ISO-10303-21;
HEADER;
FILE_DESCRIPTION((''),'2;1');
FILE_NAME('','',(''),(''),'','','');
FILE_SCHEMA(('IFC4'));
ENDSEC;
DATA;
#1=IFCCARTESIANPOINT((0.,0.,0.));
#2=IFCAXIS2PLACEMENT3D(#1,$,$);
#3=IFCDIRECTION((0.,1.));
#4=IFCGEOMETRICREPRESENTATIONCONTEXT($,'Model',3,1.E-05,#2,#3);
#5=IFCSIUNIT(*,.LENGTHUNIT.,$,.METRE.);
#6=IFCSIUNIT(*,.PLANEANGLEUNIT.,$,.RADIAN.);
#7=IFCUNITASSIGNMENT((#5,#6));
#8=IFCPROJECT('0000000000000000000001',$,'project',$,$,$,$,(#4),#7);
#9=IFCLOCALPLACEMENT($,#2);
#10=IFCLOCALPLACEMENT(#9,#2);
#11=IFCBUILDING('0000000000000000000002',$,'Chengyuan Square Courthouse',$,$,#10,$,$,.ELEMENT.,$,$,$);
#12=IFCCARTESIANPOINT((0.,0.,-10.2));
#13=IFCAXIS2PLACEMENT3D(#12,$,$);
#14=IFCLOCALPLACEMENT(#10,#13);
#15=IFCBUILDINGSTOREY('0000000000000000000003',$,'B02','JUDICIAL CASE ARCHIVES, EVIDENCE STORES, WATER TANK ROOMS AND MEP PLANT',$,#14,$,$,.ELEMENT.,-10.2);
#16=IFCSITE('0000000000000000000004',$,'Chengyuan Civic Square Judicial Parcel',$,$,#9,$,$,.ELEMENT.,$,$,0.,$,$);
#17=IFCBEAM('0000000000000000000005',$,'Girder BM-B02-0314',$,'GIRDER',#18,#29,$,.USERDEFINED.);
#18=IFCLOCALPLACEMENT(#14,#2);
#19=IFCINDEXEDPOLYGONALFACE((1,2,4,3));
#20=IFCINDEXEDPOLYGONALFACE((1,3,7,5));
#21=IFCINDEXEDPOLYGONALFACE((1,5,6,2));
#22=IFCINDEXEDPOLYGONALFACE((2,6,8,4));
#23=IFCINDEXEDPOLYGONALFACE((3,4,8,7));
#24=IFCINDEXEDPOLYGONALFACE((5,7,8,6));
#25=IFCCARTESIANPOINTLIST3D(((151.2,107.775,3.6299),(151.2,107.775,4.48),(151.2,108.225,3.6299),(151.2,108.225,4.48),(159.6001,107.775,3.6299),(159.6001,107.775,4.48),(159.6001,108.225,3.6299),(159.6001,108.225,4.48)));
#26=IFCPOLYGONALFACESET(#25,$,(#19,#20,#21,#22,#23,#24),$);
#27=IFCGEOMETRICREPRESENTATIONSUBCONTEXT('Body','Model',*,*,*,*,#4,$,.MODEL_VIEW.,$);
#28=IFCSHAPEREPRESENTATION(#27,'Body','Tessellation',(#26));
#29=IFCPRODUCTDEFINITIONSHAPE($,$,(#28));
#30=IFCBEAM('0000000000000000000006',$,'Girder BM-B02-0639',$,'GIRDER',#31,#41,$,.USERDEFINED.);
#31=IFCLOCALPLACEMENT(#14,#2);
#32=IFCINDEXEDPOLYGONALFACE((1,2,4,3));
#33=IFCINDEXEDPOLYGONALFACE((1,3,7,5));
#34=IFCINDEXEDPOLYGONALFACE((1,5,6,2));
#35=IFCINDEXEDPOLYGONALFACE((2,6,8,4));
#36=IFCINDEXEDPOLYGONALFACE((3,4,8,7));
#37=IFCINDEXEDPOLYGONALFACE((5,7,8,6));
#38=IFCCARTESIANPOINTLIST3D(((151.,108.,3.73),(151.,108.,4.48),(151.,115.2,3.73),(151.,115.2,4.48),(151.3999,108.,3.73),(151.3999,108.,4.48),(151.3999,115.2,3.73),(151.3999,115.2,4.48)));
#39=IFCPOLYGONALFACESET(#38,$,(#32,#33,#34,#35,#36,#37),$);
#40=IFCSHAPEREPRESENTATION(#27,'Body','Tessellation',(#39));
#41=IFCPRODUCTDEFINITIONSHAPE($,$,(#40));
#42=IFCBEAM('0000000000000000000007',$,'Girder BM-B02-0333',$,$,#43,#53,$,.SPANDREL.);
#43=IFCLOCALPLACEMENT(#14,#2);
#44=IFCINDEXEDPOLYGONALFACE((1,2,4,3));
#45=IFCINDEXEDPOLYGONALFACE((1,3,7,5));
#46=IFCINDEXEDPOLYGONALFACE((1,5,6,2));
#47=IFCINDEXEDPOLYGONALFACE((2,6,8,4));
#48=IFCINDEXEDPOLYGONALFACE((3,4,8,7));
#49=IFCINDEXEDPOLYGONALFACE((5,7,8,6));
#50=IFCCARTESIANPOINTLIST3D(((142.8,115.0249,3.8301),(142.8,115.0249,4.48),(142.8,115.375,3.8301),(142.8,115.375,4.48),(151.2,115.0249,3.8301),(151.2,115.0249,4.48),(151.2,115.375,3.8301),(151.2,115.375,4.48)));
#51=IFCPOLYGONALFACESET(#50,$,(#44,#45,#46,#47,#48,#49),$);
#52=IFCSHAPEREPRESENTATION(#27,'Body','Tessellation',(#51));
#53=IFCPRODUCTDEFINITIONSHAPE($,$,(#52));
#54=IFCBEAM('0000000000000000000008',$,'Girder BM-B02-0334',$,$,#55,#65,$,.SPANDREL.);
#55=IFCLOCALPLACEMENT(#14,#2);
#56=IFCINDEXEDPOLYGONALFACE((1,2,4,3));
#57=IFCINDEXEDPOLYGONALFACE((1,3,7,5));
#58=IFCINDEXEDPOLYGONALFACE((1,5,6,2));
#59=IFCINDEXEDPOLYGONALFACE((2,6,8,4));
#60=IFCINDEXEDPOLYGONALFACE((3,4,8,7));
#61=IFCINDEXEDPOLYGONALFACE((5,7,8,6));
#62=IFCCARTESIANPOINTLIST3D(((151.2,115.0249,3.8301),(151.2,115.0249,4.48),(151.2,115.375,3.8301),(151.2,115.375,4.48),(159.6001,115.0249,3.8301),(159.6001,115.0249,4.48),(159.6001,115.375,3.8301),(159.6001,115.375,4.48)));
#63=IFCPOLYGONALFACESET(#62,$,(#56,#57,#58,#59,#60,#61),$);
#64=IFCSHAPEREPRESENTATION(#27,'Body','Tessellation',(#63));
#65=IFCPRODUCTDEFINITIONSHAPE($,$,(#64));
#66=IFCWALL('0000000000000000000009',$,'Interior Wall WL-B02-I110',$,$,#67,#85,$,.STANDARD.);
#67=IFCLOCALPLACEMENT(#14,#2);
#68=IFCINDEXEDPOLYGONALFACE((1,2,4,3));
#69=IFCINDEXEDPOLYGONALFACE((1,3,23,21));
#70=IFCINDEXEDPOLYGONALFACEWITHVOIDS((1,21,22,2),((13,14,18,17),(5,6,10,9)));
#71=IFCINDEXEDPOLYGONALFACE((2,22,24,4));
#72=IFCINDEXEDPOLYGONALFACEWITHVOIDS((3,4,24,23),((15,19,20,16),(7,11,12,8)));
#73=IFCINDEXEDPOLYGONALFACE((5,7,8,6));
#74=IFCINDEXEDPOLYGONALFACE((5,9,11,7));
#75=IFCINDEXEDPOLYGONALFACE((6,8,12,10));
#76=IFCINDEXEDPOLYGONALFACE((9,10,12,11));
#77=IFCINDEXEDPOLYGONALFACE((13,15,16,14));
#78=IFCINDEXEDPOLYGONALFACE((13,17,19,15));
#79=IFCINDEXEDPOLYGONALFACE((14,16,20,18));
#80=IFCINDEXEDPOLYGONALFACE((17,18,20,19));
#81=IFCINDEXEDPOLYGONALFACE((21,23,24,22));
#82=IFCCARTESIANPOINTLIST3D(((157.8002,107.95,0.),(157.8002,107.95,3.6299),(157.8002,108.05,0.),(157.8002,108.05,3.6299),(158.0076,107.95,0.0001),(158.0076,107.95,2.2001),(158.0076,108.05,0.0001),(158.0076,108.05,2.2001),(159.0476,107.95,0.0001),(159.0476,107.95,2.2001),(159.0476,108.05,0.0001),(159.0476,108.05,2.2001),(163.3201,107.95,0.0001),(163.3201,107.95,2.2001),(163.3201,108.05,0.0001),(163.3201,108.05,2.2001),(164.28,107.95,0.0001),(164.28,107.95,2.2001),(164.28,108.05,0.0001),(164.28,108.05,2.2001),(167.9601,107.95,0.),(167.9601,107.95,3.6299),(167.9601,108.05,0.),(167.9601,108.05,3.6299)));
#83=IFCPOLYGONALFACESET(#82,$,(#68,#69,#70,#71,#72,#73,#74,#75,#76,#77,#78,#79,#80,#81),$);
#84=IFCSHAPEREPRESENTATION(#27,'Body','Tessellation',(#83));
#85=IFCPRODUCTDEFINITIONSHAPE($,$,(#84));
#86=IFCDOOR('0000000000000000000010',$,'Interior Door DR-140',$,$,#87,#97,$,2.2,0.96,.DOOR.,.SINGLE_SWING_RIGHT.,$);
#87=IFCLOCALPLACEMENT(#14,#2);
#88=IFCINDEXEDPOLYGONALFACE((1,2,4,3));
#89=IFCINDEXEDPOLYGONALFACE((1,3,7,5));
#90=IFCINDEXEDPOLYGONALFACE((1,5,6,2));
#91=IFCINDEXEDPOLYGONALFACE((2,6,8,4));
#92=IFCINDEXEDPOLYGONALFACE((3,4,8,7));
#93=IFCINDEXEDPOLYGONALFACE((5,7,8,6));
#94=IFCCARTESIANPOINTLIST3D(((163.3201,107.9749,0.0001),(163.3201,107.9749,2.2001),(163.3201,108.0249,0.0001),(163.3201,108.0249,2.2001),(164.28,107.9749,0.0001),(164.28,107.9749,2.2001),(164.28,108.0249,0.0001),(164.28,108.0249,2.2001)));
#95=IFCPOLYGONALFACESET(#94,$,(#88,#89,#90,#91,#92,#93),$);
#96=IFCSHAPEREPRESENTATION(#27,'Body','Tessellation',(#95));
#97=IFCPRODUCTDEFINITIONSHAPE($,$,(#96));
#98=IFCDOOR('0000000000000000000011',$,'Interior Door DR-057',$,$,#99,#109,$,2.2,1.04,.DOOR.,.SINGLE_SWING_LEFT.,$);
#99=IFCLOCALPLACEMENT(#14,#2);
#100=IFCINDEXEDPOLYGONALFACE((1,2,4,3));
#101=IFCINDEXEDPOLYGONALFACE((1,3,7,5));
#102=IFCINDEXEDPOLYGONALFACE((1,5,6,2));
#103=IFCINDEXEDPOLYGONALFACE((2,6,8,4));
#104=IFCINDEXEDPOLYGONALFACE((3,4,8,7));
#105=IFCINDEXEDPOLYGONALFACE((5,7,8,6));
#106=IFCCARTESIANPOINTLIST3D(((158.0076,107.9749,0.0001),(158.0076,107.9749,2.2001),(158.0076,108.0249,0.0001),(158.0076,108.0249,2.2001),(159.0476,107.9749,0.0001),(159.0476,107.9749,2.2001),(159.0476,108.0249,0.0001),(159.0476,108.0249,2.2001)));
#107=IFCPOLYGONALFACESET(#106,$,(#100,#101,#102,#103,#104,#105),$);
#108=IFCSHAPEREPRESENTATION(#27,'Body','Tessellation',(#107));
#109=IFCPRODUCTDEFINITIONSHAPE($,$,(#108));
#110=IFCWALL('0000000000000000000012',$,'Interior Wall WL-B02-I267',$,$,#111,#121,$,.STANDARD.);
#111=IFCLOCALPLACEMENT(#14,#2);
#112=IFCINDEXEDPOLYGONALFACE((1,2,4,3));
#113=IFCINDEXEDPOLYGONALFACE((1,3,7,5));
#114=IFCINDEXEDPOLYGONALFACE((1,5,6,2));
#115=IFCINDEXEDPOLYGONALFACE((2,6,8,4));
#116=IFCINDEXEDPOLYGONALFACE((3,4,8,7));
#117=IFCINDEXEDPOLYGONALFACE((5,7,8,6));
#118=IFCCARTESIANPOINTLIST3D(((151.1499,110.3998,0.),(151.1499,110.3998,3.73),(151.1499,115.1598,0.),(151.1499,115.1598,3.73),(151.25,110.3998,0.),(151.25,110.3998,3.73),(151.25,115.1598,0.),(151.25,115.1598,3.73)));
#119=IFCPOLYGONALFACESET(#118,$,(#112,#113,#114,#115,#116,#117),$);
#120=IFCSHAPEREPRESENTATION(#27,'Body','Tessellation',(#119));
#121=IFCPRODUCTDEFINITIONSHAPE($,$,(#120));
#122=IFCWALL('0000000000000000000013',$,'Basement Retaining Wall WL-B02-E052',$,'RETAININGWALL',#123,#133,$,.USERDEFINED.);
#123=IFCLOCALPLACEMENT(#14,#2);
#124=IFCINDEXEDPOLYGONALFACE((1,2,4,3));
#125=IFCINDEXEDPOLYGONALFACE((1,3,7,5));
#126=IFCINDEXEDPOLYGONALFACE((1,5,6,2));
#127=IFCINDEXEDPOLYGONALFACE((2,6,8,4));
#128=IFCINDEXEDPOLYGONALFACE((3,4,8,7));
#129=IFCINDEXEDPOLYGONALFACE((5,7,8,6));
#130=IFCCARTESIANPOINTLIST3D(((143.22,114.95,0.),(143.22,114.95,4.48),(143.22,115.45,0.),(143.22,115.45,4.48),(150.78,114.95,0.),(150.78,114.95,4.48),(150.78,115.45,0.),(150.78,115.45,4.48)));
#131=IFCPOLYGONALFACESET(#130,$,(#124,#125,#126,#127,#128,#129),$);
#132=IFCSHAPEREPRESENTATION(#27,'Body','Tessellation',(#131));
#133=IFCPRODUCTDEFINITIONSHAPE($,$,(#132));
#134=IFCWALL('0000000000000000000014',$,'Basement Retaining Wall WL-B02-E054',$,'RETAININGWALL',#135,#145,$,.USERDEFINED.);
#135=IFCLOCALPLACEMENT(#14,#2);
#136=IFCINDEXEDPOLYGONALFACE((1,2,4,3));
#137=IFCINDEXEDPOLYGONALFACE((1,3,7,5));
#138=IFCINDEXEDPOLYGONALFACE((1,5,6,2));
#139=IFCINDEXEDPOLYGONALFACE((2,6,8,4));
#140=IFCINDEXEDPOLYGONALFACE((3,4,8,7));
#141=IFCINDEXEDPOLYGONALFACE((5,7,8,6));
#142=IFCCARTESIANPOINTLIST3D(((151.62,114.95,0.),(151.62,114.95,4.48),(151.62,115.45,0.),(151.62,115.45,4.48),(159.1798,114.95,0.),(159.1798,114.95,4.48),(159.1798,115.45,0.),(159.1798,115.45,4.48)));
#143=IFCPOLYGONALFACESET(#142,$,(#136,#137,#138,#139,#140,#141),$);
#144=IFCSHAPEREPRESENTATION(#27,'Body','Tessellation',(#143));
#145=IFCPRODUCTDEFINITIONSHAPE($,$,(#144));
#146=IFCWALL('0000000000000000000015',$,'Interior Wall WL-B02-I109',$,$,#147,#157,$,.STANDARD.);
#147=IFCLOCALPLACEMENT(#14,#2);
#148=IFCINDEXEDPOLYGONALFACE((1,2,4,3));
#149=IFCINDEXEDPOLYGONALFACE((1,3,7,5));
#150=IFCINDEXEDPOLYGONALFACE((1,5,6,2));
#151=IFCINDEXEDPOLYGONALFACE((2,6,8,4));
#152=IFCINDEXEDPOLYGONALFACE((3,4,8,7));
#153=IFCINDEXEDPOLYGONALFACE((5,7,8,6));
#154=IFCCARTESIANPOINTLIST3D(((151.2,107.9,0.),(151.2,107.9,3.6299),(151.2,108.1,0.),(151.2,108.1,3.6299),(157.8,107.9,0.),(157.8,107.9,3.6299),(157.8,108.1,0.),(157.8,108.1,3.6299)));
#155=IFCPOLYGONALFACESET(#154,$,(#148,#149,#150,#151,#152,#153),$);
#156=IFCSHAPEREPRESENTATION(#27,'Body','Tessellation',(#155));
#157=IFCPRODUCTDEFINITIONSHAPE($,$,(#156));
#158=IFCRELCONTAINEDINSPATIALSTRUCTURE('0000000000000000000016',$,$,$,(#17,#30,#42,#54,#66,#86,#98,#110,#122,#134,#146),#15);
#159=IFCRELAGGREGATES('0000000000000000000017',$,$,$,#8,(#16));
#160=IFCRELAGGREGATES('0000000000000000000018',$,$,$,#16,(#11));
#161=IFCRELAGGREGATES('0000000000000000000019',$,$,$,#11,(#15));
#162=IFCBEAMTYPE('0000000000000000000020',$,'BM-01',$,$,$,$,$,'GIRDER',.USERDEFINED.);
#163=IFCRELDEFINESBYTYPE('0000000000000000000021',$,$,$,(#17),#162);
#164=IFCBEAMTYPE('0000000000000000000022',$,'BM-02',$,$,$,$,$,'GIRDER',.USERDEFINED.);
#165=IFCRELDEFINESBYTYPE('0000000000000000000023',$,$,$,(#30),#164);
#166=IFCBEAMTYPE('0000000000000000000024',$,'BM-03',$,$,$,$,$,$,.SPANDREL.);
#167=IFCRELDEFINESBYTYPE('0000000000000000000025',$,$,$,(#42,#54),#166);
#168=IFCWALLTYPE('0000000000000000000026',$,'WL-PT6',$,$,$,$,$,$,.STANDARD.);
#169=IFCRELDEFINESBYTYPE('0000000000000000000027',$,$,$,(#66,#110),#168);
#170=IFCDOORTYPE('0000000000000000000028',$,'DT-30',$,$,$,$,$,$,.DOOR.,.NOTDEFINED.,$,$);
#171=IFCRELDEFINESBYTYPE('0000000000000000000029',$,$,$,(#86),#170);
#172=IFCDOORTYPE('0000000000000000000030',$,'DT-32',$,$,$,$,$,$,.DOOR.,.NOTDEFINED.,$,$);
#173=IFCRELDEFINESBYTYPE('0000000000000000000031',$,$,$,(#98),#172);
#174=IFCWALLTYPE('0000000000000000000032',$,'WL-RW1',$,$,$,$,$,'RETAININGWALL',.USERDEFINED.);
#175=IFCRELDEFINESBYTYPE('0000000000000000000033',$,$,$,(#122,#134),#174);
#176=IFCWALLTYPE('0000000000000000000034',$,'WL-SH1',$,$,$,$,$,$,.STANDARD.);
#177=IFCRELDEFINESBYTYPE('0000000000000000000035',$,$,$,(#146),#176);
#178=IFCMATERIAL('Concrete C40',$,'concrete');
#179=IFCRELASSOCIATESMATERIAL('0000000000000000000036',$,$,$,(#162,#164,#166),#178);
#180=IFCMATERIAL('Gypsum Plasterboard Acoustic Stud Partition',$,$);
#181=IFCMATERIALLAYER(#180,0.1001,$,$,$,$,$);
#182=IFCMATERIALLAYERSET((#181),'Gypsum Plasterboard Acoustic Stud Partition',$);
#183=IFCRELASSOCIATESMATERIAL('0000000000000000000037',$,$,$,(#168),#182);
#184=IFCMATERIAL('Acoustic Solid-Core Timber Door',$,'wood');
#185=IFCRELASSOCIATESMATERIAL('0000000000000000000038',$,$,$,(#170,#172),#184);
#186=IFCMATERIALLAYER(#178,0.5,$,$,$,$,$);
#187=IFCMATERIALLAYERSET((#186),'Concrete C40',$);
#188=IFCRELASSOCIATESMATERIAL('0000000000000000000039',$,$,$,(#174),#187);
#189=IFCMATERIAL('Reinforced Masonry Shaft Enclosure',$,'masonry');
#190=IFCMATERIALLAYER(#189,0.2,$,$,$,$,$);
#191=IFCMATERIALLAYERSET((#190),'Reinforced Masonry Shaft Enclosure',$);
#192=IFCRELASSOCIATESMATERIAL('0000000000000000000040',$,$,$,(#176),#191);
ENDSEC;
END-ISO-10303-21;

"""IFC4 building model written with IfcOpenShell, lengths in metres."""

from ifc_helpers import new_model, si_unit, direction, frame, frame_2d, origin, origin_2d, place, context, subcontext, project, spatial, rectangle, extrude, material, layer, layer_set, material_profile, profile_set, type_object, element, fill, save


model = new_model("IFC4")

# Units and contexts
model_context = context("Model", 3, precision=1e-05, world=origin(), true_north=direction((0.0, 1.0)))
body_context = subcontext(model_context, "Body", "Model", "MODEL_VIEW")
ifc_project = project(units=[si_unit("LENGTHUNIT", "METRE"), si_unit("PLANEANGLEUNIT", "RADIAN")], contexts=[model_context])

# Site, building, storey
site_placement = place(None, origin())
site = spatial("IfcSite", under=ifc_project, at=site_placement, Name="Chengyuan Civic Square Judicial Parcel", CompositionType="ELEMENT", RefElevation=0.0)
building_placement = place(site_placement, origin())
building = spatial("IfcBuilding", under=site, at=building_placement, Name="Chengyuan Square Courthouse", CompositionType="ELEMENT")
storey_placement = place(building_placement, frame((0.0, 0.0, -10.2)))
storey = spatial("IfcBuildingStorey", under=building, at=storey_placement, Name="B02", Description="JUDICIAL CASE ARCHIVES, EVIDENCE STORES, WATER TANK ROOMS AND MEP PLANT", CompositionType="ELEMENT", Elevation=-10.2)

# Shared definitions
ifc_material_1 = material(Name="Concrete C40", Category="concrete")

# Beams
ifc_material_profile_1 = material_profile(ifc_material_1, rectangle(XDim=0.45, YDim=0.8501, at=origin_2d()), Name="RC-BM-450x850")
ifc_profile_set_1 = profile_set([ifc_material_profile_1], Name="Concrete C40")
beam_type_1 = type_object("IfcBeamType", Name="BM-01", ElementType="GIRDER", PredefinedType="USERDEFINED", material=ifc_profile_set_1)
beam_1_placement = place(storey_placement, frame((151.2, 108.0, 4.0549), z_axis=(1.0, 0.0, 0.0), x_axis=(0.0, 1.0, 0.0)))
element("IfcBeam", 1, at=beam_1_placement, inside=storey, type_object=beam_type_1, Name="Girder BM-B02-0314", ObjectType="GIRDER", PredefinedType="USERDEFINED", context=body_context, shape_type="SweptSolid", body=[
    extrude(rectangle(XDim=0.45, YDim=0.8501, at=origin_2d()), origin(), (0.0, 0.0, 1.0), 8.4001),
])
ifc_material_profile_2 = material_profile(ifc_material_1, rectangle(XDim=0.3999, YDim=0.75, at=origin_2d()), Name="RC-BM-400x750")
ifc_profile_set_2 = profile_set([ifc_material_profile_2], Name="Concrete C40")
beam_type_2 = type_object("IfcBeamType", Name="BM-02", ElementType="GIRDER", PredefinedType="USERDEFINED", material=ifc_profile_set_2)
beam_2_placement = place(storey_placement, frame((151.2, 108.0, 4.105), z_axis=(0.0, 1.0, 0.0), x_axis=(-1.0, 0.0, 0.0)))
element("IfcBeam", 2, at=beam_2_placement, inside=storey, type_object=beam_type_2, Name="Girder BM-B02-0639", ObjectType="GIRDER", PredefinedType="USERDEFINED", context=body_context, shape_type="SweptSolid", body=[
    extrude(rectangle(XDim=0.3999, YDim=0.75, at=origin_2d()), origin(), (0.0, 0.0, 1.0), 7.2),
])
ifc_material_profile_3 = material_profile(ifc_material_1, rectangle(XDim=0.3501, YDim=0.6499, at=origin_2d()), Name="RC-BM-350x650")
ifc_profile_set_3 = profile_set([ifc_material_profile_3], Name="Concrete C40")
beam_type_3 = type_object("IfcBeamType", Name="BM-03", PredefinedType="SPANDREL", material=ifc_profile_set_3)
beam_3_placement = place(storey_placement, frame((142.8, 115.2, 4.155), z_axis=(1.0, 0.0, 0.0), x_axis=(0.0, 1.0, 0.0)))
element("IfcBeam", 3, at=beam_3_placement, inside=storey, type_object=beam_type_3, Name="Girder BM-B02-0333", PredefinedType="SPANDREL", context=body_context, shape_type="SweptSolid", body=[
    extrude(rectangle(XDim=0.3501, YDim=0.6499, at=origin_2d()), origin(), (0.0, 0.0, 1.0), 8.3999),
])
beam_4_placement = place(storey_placement, frame((151.2, 115.2, 4.155), z_axis=(1.0, 0.0, 0.0), x_axis=(0.0, 1.0, 0.0)))
element("IfcBeam", 4, at=beam_4_placement, inside=storey, type_object=beam_type_3, Name="Girder BM-B02-0334", PredefinedType="SPANDREL", context=body_context, shape_type="SweptSolid", body=[
    extrude(rectangle(XDim=0.3501, YDim=0.6499, at=origin_2d()), origin(), (0.0, 0.0, 1.0), 8.4001),
])

# Wall, openings, doors
ifc_material_2 = material(Name="Gypsum Plasterboard Acoustic Stud Partition")
ifc_layer_1 = layer(ifc_material_2, 0.1001)
ifc_layer_set_1 = layer_set([ifc_layer_1], Name="Gypsum Plasterboard Acoustic Stud Partition")
wall_type_1 = type_object("IfcWallType", Name="WL-PT6", PredefinedType="STANDARD", material=ifc_layer_set_1)
wall_1_placement = place(storey_placement, frame((157.8, 108.0, 0.0), z_axis=(0.0, 0.0, 1.0), x_axis=(1.0, 0.0, 0.0)))
wall_1 = element("IfcWall", 5, at=wall_1_placement, inside=storey, type_object=wall_type_1, Name="Interior Wall WL-B02-I110", PredefinedType="STANDARD", context=body_context, shape_type="SweptSolid", body=[
    extrude(rectangle(XDim=10.1599, YDim=0.1001, at=frame_2d((5.0801, 0.0))), origin(), (0.0, 0.0, 1.0), 3.6299),
])
opening_1_placement = place(wall_1_placement, frame((0.2075, 0.0, 0.0)))
opening_1 = element("IfcOpeningElement", 6, at=opening_1_placement, cuts=wall_1, PredefinedType="OPENING", context=body_context, shape_type="SweptSolid", body=[
    extrude(rectangle(XDim=1.04, YDim=2.2, at=frame_2d((0.52, 1.1001))), frame((0.0, 0.062, 0.0), z_axis=(0.0, -1.0, 0.0), x_axis=(1.0, 0.0, 0.0)), (0.0, 0.0, 1.0), 0.124),
])
opening_2_placement = place(wall_1_placement, frame((5.52, 0.0, 0.0)))
opening_2 = element("IfcOpeningElement", 7, at=opening_2_placement, cuts=wall_1, PredefinedType="OPENING", context=body_context, shape_type="SweptSolid", body=[
    extrude(rectangle(XDim=0.96, YDim=2.2, at=frame_2d((0.48, 1.1001))), frame((0.0, 0.062, 0.0), z_axis=(0.0, -1.0, 0.0), x_axis=(1.0, 0.0, 0.0)), (0.0, 0.0, 1.0), 0.124),
])
ifc_material_3 = material(Name="Acoustic Solid-Core Timber Door", Category="wood")
door_type_1 = type_object("IfcDoorType", Name="DT-30", OperationType="NOTDEFINED", PredefinedType="DOOR", material=ifc_material_3)
door_1_placement = place(opening_2_placement, origin())
door_1 = element("IfcDoor", 8, at=door_1_placement, inside=storey, type_object=door_type_1, Name="Interior Door DR-140", OperationType="SINGLE_SWING_RIGHT", OverallHeight=2.2, OverallWidth=0.96, PredefinedType="DOOR", context=body_context, shape_type="SweptSolid", body=[
    extrude(rectangle(XDim=0.96, YDim=2.2, at=frame_2d((0.48, 1.1001))), frame((0.0, 0.0249, 0.0), z_axis=(0.0, -1.0, 0.0), x_axis=(1.0, 0.0, 0.0)), (0.0, 0.0, 1.0), 0.05),
])
fill(opening_2, door_1)
door_type_2 = type_object("IfcDoorType", Name="DT-32", OperationType="NOTDEFINED", PredefinedType="DOOR", material=ifc_material_3)
door_2_placement = place(opening_1_placement, origin())
door_2 = element("IfcDoor", 9, at=door_2_placement, inside=storey, type_object=door_type_2, Name="Interior Door DR-057", OperationType="SINGLE_SWING_LEFT", OverallHeight=2.2, OverallWidth=1.04, PredefinedType="DOOR", context=body_context, shape_type="SweptSolid", body=[
    extrude(rectangle(XDim=1.04, YDim=2.2, at=frame_2d((0.52, 1.1001))), frame((0.0, 0.0249, 0.0), z_axis=(0.0, -1.0, 0.0), x_axis=(1.0, 0.0, 0.0)), (0.0, 0.0, 1.0), 0.05),
])
fill(opening_1, door_2)

# Walls
wall_2_placement = place(storey_placement, frame((151.2, 110.3999, 0.0), z_axis=(0.0, 0.0, 1.0), x_axis=(0.0, 1.0, 0.0)))
element("IfcWall", 10, at=wall_2_placement, inside=storey, type_object=wall_type_1, Name="Interior Wall WL-B02-I267", PredefinedType="STANDARD", context=body_context, shape_type="SweptSolid", body=[
    extrude(rectangle(XDim=4.76, YDim=0.1001, at=frame_2d((2.3799, 0.0))), origin(), (0.0, 0.0, 1.0), 3.73),
])
ifc_layer_2 = layer(ifc_material_1, 0.5)
ifc_layer_set_2 = layer_set([ifc_layer_2], Name="Concrete C40")
wall_type_2 = type_object("IfcWallType", Name="WL-RW1", ElementType="RETAININGWALL", PredefinedType="USERDEFINED", material=ifc_layer_set_2)
wall_3_placement = place(storey_placement, frame((143.22, 115.2, 0.0), z_axis=(0.0, 0.0, 1.0), x_axis=(1.0, 0.0, 0.0)))
element("IfcWall", 11, at=wall_3_placement, inside=storey, type_object=wall_type_2, Name="Basement Retaining Wall WL-B02-E052", ObjectType="RETAININGWALL", PredefinedType="USERDEFINED", context=body_context, shape_type="SweptSolid", body=[
    extrude(rectangle(XDim=7.5601, YDim=0.5, at=frame_2d((3.78, 0.0))), origin(), (0.0, 0.0, 1.0), 4.48),
])
wall_4_placement = place(storey_placement, frame((151.6201, 115.2, 0.0), z_axis=(0.0, 0.0, 1.0), x_axis=(1.0, 0.0, 0.0)))
element("IfcWall", 12, at=wall_4_placement, inside=storey, type_object=wall_type_2, Name="Basement Retaining Wall WL-B02-E054", ObjectType="RETAININGWALL", PredefinedType="USERDEFINED", context=body_context, shape_type="SweptSolid", body=[
    extrude(rectangle(XDim=7.5598, YDim=0.5, at=frame_2d((3.7798, 0.0))), origin(), (0.0, 0.0, 1.0), 4.48),
])
ifc_material_4 = material(Name="Reinforced Masonry Shaft Enclosure", Category="masonry")
ifc_layer_3 = layer(ifc_material_4, 0.2)
ifc_layer_set_3 = layer_set([ifc_layer_3], Name="Reinforced Masonry Shaft Enclosure")
wall_type_3 = type_object("IfcWallType", Name="WL-SH1", PredefinedType="STANDARD", material=ifc_layer_set_3)
wall_5_placement = place(storey_placement, frame((151.2, 108.0, 0.0), z_axis=(0.0, 0.0, 1.0), x_axis=(1.0, 0.0, 0.0)))
element("IfcWall", 13, at=wall_5_placement, inside=storey, type_object=wall_type_3, Name="Interior Wall WL-B02-I109", PredefinedType="STANDARD", context=body_context, shape_type="SweptSolid", body=[
    extrude(rectangle(XDim=6.6001, YDim=0.2, at=frame_2d((3.3, 0.0))), origin(), (0.0, 0.0, 1.0), 3.6299),
])

save(model, "model.ifc")
